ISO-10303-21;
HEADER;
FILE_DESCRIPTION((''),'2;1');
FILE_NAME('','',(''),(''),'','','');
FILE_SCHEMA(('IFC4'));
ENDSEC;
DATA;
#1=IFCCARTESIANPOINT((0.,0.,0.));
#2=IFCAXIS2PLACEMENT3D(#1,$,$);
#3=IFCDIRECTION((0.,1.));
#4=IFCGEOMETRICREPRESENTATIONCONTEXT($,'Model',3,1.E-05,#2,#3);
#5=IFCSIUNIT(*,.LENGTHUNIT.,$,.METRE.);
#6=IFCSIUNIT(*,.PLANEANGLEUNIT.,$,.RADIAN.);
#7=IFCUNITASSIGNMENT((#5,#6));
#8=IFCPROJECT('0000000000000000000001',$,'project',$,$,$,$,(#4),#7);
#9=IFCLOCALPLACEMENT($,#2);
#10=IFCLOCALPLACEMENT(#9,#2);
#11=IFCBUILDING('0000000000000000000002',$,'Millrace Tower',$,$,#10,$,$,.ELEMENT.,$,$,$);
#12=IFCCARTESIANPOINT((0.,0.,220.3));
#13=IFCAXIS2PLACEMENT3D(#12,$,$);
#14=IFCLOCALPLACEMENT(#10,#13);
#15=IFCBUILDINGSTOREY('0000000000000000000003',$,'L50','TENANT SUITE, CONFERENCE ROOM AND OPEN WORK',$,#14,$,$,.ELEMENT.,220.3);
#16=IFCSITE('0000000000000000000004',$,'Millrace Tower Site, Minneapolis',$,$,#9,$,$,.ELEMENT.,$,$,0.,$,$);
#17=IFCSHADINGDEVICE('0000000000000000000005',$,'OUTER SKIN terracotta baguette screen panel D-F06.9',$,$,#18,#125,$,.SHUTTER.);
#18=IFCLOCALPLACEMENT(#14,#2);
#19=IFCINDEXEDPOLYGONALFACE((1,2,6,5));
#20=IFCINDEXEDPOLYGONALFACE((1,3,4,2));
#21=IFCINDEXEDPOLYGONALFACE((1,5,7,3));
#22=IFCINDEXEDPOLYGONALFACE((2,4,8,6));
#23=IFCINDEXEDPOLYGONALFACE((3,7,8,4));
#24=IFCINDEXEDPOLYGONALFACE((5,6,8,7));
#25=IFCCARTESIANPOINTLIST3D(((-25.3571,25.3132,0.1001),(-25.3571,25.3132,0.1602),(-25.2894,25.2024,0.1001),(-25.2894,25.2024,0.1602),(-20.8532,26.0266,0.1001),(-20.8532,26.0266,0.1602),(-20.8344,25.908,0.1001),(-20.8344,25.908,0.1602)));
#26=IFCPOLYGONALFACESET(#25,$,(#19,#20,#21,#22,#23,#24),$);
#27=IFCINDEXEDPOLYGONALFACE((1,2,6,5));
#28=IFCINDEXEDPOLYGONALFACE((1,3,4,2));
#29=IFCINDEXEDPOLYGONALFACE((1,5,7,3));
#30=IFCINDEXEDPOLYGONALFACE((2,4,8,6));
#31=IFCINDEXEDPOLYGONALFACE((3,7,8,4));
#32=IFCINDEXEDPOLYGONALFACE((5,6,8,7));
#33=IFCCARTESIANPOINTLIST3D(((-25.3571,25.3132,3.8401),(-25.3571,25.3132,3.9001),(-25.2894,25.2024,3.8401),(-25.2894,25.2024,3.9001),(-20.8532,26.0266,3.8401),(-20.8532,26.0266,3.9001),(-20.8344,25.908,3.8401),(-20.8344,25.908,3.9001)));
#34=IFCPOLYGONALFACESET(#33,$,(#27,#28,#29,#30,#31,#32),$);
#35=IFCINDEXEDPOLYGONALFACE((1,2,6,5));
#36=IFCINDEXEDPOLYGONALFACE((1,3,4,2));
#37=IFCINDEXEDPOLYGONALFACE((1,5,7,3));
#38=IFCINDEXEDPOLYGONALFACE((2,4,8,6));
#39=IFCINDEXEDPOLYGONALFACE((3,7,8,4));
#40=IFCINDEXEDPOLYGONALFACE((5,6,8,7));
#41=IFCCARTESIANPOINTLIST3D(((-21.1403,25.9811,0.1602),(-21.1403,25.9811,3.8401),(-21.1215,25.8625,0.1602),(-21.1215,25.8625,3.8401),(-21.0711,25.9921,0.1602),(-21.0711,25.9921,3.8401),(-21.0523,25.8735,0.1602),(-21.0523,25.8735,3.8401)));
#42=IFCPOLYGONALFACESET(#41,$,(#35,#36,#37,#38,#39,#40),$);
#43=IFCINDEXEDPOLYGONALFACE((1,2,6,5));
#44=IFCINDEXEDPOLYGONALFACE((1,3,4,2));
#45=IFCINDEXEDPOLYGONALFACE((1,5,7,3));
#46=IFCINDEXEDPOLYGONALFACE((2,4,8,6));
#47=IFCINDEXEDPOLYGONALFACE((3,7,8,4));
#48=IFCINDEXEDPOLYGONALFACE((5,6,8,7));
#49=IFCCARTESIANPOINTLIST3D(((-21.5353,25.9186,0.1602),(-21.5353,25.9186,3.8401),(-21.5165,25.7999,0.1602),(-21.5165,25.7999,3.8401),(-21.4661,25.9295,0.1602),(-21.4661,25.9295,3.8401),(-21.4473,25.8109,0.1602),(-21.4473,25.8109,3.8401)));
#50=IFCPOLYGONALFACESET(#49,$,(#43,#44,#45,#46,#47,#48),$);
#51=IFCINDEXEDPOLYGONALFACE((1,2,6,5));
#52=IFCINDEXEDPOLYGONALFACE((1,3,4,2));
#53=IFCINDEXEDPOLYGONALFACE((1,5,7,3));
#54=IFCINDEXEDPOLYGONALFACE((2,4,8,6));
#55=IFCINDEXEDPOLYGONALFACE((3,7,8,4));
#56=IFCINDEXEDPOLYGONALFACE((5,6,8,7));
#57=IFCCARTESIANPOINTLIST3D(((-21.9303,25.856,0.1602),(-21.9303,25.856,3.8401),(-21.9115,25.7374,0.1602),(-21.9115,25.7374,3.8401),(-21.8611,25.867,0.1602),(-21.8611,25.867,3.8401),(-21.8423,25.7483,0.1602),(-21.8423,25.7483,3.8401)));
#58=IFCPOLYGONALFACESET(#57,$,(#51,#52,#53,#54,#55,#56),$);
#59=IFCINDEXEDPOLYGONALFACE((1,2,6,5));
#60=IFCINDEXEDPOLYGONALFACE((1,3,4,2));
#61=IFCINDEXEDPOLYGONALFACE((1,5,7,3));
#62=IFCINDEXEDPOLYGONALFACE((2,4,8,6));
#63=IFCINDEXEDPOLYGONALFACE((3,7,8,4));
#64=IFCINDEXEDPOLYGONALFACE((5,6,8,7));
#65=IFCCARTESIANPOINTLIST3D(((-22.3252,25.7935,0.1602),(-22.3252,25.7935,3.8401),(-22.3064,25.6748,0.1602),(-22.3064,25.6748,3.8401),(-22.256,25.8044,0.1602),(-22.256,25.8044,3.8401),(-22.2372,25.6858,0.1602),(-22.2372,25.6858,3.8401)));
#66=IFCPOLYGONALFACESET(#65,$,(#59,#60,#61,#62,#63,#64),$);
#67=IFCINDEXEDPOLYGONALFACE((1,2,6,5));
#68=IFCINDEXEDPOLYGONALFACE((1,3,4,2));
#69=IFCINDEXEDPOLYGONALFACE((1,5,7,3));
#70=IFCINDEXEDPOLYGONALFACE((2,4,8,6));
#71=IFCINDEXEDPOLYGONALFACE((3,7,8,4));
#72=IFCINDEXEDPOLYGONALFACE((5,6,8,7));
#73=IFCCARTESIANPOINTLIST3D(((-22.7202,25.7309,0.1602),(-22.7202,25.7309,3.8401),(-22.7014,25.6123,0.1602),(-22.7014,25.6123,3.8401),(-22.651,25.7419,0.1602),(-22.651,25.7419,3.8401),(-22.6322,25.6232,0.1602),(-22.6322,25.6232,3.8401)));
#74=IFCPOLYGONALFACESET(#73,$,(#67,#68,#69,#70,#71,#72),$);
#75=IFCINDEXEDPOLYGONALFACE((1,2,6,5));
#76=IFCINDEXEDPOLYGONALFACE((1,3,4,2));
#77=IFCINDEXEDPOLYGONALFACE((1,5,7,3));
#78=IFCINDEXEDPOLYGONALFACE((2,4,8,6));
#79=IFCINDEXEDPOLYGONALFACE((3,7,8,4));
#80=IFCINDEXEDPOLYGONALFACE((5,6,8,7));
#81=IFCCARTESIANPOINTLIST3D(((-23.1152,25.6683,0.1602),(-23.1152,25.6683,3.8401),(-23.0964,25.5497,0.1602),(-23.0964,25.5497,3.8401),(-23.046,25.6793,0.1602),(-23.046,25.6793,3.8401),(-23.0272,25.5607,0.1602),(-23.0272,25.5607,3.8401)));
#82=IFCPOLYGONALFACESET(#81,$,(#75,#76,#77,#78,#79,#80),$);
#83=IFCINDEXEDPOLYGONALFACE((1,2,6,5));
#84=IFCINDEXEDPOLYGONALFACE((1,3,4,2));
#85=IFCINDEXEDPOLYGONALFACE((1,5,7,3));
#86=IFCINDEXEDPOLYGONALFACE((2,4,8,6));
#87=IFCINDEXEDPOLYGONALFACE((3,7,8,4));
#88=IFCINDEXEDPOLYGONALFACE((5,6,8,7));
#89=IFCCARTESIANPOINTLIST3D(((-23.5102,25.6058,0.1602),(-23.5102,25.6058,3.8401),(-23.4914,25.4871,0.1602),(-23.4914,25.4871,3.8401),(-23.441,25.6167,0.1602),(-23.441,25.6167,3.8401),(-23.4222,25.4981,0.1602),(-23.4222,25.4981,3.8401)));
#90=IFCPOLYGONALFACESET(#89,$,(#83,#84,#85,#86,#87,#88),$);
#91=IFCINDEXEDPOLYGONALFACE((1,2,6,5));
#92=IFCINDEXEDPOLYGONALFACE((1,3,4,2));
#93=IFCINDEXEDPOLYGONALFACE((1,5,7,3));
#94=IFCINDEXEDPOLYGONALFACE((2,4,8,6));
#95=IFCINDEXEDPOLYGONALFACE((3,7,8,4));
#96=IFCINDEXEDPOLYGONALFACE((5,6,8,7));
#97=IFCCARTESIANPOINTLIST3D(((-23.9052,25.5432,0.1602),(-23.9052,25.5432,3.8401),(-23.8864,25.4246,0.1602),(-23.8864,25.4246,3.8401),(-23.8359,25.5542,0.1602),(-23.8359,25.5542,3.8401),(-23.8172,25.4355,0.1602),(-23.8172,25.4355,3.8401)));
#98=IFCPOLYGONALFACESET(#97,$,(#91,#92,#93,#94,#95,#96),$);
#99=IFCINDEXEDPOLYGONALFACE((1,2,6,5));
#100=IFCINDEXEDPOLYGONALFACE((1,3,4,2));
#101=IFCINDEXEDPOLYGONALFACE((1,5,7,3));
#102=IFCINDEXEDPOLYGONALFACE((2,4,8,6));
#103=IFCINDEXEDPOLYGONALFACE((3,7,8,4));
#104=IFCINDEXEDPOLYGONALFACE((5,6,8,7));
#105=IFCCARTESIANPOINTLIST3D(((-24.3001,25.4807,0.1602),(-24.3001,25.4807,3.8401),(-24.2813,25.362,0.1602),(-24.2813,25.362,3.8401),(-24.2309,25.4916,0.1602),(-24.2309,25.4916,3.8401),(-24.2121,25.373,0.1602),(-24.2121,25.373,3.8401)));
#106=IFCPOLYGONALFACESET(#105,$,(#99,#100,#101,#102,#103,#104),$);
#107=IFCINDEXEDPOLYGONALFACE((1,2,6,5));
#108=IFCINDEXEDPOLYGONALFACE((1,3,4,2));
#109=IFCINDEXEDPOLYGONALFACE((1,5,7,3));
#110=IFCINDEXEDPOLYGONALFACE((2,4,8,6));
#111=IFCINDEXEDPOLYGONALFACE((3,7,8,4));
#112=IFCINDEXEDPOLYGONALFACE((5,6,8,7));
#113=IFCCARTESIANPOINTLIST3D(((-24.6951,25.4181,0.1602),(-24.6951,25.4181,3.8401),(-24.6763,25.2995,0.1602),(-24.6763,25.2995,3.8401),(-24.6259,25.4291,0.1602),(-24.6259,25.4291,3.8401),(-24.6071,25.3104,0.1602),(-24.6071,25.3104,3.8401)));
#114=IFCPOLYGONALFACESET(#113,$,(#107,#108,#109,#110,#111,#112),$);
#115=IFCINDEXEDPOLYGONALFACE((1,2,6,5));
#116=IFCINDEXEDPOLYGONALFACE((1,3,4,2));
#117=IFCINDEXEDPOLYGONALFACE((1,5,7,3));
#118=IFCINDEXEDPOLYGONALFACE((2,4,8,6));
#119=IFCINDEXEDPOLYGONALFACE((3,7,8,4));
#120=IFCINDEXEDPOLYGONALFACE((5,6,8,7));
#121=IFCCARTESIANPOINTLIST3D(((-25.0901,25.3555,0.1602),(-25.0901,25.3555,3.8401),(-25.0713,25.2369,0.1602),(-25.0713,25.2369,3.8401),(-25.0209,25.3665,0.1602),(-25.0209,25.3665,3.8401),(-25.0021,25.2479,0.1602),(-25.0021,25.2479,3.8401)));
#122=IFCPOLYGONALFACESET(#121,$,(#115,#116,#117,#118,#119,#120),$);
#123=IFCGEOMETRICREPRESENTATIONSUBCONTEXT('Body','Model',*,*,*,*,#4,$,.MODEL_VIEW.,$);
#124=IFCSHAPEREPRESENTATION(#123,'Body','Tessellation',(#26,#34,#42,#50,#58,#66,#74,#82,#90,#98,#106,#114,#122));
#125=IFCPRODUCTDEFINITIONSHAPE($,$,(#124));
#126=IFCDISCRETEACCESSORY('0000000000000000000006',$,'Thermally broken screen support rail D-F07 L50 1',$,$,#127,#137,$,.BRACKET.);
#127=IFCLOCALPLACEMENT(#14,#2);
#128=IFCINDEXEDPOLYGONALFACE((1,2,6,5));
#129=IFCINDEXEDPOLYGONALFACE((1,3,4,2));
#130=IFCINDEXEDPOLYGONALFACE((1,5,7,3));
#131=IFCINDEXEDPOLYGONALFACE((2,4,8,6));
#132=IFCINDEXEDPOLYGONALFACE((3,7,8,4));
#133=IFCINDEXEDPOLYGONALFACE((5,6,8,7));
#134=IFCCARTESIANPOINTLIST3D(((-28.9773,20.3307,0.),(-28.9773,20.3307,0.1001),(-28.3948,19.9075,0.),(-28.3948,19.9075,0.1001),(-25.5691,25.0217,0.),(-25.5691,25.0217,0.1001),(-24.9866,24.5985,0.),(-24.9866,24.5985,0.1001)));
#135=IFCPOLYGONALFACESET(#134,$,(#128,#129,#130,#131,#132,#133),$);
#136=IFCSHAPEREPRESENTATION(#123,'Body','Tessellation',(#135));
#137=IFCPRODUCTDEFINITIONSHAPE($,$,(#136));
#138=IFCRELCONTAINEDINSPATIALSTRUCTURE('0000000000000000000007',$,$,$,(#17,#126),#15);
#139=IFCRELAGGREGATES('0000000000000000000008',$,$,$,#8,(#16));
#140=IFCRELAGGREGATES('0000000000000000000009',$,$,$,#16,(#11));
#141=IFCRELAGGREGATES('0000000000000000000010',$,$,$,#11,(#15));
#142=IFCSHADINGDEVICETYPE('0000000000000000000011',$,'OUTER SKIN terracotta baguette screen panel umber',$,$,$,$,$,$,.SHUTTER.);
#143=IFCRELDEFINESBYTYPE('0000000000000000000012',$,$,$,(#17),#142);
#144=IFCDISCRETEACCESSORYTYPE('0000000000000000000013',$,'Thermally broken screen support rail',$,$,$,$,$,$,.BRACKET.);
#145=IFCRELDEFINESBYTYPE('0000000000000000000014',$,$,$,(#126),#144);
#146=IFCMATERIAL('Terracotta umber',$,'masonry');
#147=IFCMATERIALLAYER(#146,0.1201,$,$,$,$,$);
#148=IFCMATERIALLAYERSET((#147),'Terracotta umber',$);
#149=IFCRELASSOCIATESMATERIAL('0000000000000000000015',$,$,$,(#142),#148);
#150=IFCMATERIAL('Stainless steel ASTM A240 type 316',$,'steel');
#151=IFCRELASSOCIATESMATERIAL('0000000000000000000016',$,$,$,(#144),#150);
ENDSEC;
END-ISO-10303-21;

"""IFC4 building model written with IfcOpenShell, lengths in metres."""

from ifc_helpers import new_model, entity, si_unit, direction, frame, frame_2d, origin, origin_2d, place, context, subcontext, project, spatial, rectangle, extrude, source, transform, mapped, material, layer, layer_set, type_object, element, save


model = new_model("IFC4")

# Units and contexts
model_context = context("Model", 3, precision=1e-05, world=origin(), true_north=direction((0.0, 1.0)))
body_context = subcontext(model_context, "Body", "Model", "MODEL_VIEW")
ifc_project = project(units=[si_unit("LENGTHUNIT", "METRE"), si_unit("PLANEANGLEUNIT", "RADIAN")], contexts=[model_context])

# Site, building, storey
site_placement = place(None, origin())
site = spatial("IfcSite", under=ifc_project, at=site_placement, Name="Millrace Tower Site, Minneapolis", CompositionType="ELEMENT", RefElevation=0.0)
building_placement = place(site_placement, origin())
building = spatial("IfcBuilding", under=site, at=building_placement, Name="Millrace Tower", CompositionType="ELEMENT")
storey_placement = place(building_placement, frame((0.0, 0.0, 220.3)))
storey = spatial("IfcBuildingStorey", under=building, at=storey_placement, Name="L50", Description="TENANT SUITE, CONFERENCE ROOM AND OPEN WORK", CompositionType="ELEMENT", Elevation=220.3)

# Shading device
ifc_material_1 = material(Name="Terracotta umber", Category="masonry")
ifc_layer_1 = layer(ifc_material_1, 0.1201)
ifc_layer_set_1 = layer_set([ifc_layer_1], Name="Terracotta umber")
shading_device_type = type_object("IfcShadingDeviceType", Name="OUTER SKIN terracotta baguette screen panel umber", PredefinedType="SHUTTER", material=ifc_layer_set_1)
cartesian_point_1 = entity("IfcCartesianPoint", [-2.2676, 0.0601])
shared_polyline_1 = entity("IfcPolyline", [cartesian_point_1, entity("IfcCartesianPoint", [2.2429, 0.0601]), entity("IfcCartesianPoint", [2.2925, -0.0601]), entity("IfcCartesianPoint", [-2.2676, -0.0601]), cartesian_point_1])
shared_shape_1 = source(origin(), body_context, "Body", "SweptSolid", [
    entity("IfcExtrudedAreaSolid", entity("IfcArbitraryClosedProfileDef", "AREA", None, shared_polyline_1), entity("IfcAxis2Placement3D", entity("IfcCartesianPoint", [0.0, 0.0, 0.0])), entity("IfcDirection", [0.0, 0.0, 1.0]), 0.0601),
    entity("IfcExtrudedAreaSolid", entity("IfcArbitraryClosedProfileDef", "AREA", None, shared_polyline_1), entity("IfcAxis2Placement3D", entity("IfcCartesianPoint", [0.0, 0.0, 3.74])), entity("IfcDirection", [0.0, 0.0, 1.0]), 0.0601),
    extrude(rectangle(XDim=0.0701, YDim=0.1201, at=frame_2d((-2.012, 0.0))), frame((0.0, 0.0, 0.0601)), (0.0, 0.0, 1.0), 3.6799),
    extrude(rectangle(XDim=0.0701, YDim=0.1201, at=frame_2d((-1.6121, 0.0))), frame((0.0, 0.0, 0.0601)), (0.0, 0.0, 1.0), 3.6799),
    extrude(rectangle(XDim=0.0701, YDim=0.1201, at=frame_2d((-1.2122, 0.0))), frame((0.0, 0.0, 0.0601)), (0.0, 0.0, 1.0), 3.6799),
    extrude(rectangle(XDim=0.0701, YDim=0.1201, at=frame_2d((-0.8123, 0.0))), frame((0.0, 0.0, 0.0601)), (0.0, 0.0, 1.0), 3.6799),
    extrude(rectangle(XDim=0.0701, YDim=0.1201, at=frame_2d((-0.4124, 0.0))), frame((0.0, 0.0, 0.0601)), (0.0, 0.0, 1.0), 3.6799),
    extrude(rectangle(XDim=0.0701, YDim=0.1201, at=frame_2d((-0.0125, 0.0))), frame((0.0, 0.0, 0.0601)), (0.0, 0.0, 1.0), 3.6799),
    extrude(rectangle(XDim=0.0701, YDim=0.1201, at=frame_2d((0.3875, 0.0))), frame((0.0, 0.0, 0.0601)), (0.0, 0.0, 1.0), 3.6799),
    extrude(rectangle(XDim=0.0701, YDim=0.1201, at=frame_2d((0.7874, 0.0))), frame((0.0, 0.0, 0.0601)), (0.0, 0.0, 1.0), 3.6799),
    extrude(rectangle(XDim=0.0701, YDim=0.1201, at=frame_2d((1.1873, 0.0))), frame((0.0, 0.0, 0.0601)), (0.0, 0.0, 1.0), 3.6799),
    extrude(rectangle(XDim=0.0701, YDim=0.1201, at=frame_2d((1.5872, 0.0))), frame((0.0, 0.0, 0.0601)), (0.0, 0.0, 1.0), 3.6799),
    extrude(rectangle(XDim=0.0701, YDim=0.1201, at=frame_2d((1.9871, 0.0))), frame((0.0, 0.0, 0.0601)), (0.0, 0.0, 1.0), 3.6799),
])
shading_device_1_placement = place(storey_placement, frame((-23.0835, 25.6125, 0.1001), z_axis=(0.0, 0.0, 1.0), x_axis=(-0.987688, -0.156434, 0.0)))
element("IfcShadingDevice", 1, at=shading_device_1_placement, inside=storey, type_object=shading_device_type, Name="OUTER SKIN terracotta baguette screen panel D-F06.9", PredefinedType="SHUTTER", context=body_context, shape_type="MappedRepresentation", body=[
    mapped(shared_shape_1, transform((0.0, 0.0, 0.0), scale=1.0)),
])

# Discrete accessory
ifc_material_2 = material(Name="Stainless steel ASTM A240 type 316", Category="steel")
discrete_accessory_type = type_object("IfcDiscreteAccessoryType", Name="Thermally broken screen support rail", PredefinedType="BRACKET", material=ifc_material_2)
discrete_accessory_placement = place(storey_placement, frame((-26.9819, 22.4646, 0.0), z_axis=(0.0, 0.0, 1.0), x_axis=(-0.587785, -0.809017, 0.0)))
element("IfcDiscreteAccessory", 2, at=discrete_accessory_placement, inside=storey, type_object=discrete_accessory_type, Name="Thermally broken screen support rail D-F07 L50 1", PredefinedType="BRACKET", context=body_context, shape_type="SweptSolid", body=[
    extrude(rectangle(XDim=5.7983, YDim=0.72, at=origin_2d()), origin(), (0.0, 0.0, 1.0), 0.1001),
])

save(model, "model.ifc")
